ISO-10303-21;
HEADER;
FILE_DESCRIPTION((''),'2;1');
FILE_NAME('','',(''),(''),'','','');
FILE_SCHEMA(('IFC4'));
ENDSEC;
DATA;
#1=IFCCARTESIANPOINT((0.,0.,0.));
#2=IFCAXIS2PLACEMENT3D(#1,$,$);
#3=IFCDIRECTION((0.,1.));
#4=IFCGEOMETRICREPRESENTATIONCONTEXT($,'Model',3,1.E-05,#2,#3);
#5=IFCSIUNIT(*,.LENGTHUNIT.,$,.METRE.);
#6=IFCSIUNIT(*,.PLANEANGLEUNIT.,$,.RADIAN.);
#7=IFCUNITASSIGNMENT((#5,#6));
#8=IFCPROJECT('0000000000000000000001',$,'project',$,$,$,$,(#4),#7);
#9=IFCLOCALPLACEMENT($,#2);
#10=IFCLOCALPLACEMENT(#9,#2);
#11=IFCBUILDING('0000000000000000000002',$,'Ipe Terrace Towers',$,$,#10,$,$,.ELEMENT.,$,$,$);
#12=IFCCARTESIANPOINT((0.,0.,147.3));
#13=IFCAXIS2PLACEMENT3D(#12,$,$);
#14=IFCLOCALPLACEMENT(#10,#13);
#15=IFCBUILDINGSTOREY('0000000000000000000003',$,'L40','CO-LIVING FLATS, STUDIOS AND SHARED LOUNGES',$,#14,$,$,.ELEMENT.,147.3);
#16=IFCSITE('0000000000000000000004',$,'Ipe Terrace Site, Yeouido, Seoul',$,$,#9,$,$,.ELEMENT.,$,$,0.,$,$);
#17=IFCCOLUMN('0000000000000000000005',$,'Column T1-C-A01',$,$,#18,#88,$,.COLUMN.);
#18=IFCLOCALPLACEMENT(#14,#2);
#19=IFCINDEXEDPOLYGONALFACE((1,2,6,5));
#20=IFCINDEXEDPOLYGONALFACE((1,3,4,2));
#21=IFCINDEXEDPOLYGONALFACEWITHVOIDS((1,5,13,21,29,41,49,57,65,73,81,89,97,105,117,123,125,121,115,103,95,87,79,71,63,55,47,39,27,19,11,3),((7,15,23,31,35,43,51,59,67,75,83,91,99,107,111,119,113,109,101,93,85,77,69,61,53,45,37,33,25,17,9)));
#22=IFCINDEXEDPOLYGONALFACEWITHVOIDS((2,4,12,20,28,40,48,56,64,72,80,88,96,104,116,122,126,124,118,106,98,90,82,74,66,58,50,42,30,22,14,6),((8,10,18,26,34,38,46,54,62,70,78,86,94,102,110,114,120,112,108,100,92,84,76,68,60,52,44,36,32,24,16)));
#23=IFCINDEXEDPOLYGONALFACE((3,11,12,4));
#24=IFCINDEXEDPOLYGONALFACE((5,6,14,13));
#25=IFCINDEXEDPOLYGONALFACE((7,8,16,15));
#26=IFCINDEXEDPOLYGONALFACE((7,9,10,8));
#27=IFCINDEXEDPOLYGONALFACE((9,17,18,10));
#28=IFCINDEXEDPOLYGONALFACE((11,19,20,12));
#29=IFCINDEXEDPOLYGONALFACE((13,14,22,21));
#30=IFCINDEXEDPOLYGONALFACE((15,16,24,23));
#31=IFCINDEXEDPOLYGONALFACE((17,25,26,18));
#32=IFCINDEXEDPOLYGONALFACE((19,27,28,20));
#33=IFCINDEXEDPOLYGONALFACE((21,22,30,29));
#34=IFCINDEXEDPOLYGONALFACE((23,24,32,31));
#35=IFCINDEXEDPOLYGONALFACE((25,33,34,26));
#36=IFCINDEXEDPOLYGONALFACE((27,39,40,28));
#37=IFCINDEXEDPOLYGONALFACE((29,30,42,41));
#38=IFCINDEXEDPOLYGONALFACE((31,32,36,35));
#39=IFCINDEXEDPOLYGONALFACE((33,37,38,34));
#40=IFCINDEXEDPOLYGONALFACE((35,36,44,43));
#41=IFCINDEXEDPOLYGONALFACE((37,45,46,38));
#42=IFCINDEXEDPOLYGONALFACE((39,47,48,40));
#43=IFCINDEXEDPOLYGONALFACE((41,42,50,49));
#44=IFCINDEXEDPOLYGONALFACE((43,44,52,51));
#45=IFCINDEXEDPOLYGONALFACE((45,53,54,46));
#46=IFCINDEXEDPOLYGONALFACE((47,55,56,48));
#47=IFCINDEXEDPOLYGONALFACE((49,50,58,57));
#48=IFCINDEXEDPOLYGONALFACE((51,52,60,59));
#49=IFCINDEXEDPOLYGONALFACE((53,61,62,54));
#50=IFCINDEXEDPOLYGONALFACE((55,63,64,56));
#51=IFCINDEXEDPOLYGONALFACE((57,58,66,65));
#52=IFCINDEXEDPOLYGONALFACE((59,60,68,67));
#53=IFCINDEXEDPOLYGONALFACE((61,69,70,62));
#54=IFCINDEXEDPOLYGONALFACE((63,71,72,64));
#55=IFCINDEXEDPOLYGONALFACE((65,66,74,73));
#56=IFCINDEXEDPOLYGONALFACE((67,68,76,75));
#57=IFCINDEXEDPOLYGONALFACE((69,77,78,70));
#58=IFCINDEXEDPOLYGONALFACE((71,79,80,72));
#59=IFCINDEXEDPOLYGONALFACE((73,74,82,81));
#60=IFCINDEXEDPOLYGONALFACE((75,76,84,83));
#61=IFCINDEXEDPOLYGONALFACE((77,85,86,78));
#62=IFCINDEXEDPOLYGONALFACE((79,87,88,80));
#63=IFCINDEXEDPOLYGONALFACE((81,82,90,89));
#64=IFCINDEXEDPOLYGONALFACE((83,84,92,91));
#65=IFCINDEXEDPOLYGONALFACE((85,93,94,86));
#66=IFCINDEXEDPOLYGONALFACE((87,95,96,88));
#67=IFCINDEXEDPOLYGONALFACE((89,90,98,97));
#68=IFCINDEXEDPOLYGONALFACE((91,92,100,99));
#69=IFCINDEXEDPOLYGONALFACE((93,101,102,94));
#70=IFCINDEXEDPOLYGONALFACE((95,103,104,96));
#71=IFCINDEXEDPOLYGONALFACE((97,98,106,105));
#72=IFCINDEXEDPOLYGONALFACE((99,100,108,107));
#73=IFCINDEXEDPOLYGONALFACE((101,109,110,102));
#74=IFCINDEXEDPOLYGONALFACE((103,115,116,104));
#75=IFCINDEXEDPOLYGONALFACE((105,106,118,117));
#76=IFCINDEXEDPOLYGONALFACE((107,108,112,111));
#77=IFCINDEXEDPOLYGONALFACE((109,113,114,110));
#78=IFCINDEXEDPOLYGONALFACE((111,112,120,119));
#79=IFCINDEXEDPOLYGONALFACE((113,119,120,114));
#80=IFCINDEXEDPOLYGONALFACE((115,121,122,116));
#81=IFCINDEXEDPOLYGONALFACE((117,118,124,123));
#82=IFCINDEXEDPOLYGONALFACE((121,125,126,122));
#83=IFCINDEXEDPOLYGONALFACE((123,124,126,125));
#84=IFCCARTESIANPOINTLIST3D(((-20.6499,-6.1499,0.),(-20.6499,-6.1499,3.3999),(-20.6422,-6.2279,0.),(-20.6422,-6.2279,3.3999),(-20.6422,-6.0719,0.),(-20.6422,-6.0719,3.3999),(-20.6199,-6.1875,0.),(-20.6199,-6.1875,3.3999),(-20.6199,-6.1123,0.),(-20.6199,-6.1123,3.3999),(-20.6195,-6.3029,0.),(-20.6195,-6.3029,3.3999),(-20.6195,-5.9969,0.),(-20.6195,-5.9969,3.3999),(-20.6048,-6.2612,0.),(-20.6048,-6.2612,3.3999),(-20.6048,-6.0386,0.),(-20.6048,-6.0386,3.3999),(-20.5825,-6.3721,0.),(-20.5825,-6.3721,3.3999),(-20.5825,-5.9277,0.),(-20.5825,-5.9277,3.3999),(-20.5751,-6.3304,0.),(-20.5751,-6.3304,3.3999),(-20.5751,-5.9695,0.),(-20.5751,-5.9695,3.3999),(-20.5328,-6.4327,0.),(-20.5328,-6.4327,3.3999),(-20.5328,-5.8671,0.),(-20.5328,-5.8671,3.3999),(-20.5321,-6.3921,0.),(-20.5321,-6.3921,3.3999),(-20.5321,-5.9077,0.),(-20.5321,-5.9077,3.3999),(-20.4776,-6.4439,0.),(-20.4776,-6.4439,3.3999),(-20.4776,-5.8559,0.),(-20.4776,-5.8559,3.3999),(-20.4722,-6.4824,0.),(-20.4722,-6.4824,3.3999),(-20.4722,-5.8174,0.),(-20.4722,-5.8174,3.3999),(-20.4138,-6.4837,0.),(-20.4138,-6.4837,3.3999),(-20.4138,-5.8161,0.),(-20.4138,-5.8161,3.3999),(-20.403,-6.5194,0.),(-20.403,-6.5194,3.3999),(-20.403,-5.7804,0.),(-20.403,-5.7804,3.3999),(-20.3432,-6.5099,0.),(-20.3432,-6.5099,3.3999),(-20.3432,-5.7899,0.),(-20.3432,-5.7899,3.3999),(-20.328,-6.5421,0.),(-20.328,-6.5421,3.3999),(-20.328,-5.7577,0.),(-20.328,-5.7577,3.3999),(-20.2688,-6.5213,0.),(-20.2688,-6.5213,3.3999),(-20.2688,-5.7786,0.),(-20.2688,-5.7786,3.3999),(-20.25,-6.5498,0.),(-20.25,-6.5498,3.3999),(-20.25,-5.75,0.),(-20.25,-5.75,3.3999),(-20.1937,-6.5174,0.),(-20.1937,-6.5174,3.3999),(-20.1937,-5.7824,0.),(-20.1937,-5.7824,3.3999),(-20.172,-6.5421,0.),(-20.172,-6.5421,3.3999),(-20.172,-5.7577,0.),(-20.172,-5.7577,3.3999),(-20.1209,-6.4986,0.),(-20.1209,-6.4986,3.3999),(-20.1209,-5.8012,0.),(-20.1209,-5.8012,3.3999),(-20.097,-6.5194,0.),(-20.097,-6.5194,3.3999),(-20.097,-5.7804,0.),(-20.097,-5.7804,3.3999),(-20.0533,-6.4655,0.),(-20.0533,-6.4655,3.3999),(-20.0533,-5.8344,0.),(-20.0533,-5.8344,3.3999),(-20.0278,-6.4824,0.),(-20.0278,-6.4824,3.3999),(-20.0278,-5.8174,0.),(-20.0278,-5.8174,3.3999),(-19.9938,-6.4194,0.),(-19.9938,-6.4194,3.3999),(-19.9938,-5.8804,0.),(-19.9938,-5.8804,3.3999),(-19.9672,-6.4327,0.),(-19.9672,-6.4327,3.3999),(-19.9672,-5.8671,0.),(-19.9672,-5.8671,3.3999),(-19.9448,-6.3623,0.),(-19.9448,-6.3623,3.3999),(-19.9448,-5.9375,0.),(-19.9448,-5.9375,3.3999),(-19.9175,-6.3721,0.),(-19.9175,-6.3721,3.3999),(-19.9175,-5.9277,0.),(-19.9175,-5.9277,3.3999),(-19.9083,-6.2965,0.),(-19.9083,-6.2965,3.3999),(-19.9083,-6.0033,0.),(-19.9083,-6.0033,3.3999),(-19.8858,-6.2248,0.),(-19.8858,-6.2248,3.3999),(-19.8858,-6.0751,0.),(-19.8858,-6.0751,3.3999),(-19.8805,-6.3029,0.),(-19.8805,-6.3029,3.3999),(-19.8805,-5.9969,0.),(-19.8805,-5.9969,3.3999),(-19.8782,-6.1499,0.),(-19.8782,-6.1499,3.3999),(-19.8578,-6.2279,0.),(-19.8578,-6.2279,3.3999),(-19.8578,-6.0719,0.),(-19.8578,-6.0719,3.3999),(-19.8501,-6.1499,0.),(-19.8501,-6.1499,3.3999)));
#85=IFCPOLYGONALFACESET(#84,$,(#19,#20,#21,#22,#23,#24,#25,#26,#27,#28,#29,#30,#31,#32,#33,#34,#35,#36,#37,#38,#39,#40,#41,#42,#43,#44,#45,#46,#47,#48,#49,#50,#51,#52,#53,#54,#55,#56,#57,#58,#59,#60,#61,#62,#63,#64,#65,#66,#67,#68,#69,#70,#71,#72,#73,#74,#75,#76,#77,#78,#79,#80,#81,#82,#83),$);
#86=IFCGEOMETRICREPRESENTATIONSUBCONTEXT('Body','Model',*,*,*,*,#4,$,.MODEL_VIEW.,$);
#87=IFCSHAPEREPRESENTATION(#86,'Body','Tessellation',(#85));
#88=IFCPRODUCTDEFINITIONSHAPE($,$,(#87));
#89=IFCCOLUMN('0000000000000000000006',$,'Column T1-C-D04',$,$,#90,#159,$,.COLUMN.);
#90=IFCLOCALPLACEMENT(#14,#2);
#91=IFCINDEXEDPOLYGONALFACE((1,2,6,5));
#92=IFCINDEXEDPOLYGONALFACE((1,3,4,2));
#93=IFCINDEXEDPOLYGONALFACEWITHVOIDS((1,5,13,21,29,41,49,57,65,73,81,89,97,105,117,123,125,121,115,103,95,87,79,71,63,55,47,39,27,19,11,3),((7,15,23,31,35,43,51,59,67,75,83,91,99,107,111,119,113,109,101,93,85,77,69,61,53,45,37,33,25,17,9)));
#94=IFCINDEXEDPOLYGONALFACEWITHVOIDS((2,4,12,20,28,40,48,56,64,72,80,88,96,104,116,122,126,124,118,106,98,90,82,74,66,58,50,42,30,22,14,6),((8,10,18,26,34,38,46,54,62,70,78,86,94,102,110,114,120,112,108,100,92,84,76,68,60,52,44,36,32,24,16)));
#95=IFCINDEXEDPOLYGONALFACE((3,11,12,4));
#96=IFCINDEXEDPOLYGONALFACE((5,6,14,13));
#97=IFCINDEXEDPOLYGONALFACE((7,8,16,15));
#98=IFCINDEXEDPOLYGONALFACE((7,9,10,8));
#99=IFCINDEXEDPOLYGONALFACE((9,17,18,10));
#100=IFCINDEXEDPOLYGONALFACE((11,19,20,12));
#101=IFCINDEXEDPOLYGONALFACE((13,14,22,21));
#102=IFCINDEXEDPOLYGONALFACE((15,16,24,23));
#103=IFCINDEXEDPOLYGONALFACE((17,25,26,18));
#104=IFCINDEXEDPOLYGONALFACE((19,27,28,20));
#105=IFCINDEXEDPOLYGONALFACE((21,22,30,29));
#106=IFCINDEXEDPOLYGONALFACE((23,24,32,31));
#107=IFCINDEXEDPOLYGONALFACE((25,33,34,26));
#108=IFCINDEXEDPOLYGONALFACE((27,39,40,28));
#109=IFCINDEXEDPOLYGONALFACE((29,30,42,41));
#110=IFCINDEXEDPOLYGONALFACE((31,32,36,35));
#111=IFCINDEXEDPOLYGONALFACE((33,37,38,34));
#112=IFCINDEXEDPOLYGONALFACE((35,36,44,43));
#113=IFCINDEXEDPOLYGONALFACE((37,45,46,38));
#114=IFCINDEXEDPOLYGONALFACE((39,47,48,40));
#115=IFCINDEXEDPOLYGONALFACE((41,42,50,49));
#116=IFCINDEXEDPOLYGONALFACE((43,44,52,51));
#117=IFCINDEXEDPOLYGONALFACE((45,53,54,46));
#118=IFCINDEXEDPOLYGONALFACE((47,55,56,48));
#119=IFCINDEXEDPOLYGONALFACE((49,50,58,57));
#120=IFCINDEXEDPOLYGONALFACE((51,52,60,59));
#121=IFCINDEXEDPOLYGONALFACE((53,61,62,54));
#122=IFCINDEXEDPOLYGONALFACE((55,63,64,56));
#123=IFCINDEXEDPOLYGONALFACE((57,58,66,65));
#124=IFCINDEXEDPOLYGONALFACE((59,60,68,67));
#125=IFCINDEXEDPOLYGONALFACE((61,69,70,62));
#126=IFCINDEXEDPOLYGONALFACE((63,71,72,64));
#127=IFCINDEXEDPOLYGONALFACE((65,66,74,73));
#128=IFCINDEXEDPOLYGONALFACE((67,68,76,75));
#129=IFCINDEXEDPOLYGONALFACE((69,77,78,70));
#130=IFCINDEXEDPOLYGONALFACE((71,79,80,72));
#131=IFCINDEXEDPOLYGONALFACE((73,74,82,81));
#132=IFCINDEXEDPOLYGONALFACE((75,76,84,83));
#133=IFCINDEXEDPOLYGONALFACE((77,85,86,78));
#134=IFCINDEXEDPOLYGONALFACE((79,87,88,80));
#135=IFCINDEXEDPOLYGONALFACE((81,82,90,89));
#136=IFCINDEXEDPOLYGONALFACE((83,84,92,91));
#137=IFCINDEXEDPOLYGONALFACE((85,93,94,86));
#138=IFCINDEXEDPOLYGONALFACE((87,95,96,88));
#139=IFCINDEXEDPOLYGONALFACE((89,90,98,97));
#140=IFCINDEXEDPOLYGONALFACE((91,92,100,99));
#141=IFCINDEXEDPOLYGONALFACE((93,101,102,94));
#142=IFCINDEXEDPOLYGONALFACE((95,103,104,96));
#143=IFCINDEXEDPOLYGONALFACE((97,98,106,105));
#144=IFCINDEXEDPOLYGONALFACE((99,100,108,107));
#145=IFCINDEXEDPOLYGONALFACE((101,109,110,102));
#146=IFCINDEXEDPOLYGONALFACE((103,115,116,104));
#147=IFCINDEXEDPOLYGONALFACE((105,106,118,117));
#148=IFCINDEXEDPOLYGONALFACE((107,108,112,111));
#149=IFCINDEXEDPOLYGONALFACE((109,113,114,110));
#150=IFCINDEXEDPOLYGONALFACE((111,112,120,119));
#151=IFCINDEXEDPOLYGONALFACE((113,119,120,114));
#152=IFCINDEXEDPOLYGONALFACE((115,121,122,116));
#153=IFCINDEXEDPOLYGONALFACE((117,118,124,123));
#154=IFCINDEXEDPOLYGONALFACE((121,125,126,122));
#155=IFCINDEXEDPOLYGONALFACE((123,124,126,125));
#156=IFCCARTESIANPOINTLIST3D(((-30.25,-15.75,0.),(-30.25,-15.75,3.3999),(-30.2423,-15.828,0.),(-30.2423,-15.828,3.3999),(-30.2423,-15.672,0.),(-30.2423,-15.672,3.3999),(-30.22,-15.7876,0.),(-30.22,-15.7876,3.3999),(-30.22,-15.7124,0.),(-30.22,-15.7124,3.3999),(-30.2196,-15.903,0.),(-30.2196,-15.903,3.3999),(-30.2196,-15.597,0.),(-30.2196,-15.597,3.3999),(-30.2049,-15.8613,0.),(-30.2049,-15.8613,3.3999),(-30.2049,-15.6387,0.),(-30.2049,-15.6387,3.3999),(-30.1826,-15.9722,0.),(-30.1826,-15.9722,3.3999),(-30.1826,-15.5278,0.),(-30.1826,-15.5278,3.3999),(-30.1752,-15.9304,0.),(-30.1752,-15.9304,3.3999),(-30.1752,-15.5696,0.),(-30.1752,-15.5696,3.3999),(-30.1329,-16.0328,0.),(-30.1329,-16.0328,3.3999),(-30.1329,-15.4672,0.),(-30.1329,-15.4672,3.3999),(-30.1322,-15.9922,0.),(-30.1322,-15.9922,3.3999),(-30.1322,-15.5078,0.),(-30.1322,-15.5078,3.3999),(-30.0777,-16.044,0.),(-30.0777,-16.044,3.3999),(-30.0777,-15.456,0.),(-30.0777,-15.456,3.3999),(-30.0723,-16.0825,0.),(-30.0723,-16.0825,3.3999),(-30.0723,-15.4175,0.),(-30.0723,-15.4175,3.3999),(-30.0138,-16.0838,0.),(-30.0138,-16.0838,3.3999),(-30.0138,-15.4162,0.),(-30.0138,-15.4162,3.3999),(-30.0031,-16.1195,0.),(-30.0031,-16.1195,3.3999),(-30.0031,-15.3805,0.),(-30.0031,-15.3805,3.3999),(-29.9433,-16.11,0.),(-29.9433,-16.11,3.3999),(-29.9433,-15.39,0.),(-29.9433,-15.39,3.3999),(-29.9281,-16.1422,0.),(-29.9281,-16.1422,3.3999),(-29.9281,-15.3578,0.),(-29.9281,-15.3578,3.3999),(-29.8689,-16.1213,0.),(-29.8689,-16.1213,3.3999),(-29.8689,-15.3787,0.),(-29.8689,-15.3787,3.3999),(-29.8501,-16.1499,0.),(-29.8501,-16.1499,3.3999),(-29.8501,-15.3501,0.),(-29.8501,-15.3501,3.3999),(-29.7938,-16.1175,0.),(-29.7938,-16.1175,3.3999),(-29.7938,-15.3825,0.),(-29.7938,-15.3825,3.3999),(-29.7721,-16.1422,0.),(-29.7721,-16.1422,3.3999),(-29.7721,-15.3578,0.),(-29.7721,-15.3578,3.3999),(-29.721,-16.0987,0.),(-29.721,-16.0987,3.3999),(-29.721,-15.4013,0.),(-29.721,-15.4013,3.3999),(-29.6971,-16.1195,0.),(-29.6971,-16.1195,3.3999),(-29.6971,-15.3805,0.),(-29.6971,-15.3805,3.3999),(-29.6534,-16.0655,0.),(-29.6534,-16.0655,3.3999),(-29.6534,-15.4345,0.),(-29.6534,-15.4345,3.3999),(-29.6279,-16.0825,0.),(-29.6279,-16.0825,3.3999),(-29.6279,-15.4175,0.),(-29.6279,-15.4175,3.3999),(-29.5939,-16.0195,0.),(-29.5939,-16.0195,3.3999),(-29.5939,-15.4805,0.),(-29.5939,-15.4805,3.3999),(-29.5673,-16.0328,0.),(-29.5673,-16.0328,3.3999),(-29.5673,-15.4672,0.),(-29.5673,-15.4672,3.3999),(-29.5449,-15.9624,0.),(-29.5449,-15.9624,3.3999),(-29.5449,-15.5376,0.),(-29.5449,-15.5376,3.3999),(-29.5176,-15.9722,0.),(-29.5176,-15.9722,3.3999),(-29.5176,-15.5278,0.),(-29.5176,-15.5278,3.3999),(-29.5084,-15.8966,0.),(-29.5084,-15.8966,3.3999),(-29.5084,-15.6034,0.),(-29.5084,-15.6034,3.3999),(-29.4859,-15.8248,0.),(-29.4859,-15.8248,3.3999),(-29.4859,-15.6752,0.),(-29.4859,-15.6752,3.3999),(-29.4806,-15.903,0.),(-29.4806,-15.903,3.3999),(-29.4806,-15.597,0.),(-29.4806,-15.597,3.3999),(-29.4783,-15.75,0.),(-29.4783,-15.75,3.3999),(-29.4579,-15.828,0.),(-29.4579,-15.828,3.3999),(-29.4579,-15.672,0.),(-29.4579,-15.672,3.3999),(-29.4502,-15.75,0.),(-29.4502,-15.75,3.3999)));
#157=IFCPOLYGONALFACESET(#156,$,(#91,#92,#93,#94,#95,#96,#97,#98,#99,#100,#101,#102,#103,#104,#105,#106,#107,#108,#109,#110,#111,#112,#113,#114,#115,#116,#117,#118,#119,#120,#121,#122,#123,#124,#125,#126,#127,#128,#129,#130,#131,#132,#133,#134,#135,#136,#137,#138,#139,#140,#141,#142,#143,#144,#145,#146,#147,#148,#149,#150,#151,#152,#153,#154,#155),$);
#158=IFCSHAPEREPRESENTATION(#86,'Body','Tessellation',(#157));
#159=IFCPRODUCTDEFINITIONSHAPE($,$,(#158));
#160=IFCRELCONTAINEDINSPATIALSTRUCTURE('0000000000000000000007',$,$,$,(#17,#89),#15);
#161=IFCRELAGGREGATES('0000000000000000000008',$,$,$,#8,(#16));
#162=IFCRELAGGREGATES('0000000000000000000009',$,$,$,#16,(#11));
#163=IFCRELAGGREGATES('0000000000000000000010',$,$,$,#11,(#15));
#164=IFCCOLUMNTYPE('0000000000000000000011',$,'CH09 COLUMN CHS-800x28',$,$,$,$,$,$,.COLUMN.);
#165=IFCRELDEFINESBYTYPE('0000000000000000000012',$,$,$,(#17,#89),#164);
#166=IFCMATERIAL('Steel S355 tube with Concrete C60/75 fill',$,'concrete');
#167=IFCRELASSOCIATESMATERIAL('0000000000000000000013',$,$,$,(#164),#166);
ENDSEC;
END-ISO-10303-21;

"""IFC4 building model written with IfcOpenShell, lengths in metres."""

from ifc_helpers import new_model, si_unit, direction, frame, origin, origin_2d, place, context, subcontext, project, spatial, hollow_circle, extrude, material, material_profile, profile_set, type_object, element, save


model = new_model("IFC4")

# Units and contexts
model_context = context("Model", 3, precision=1e-05, world=origin(), true_north=direction((0.0, 1.0)))
body_context = subcontext(model_context, "Body", "Model", "MODEL_VIEW")
ifc_project = project(units=[si_unit("LENGTHUNIT", "METRE"), si_unit("PLANEANGLEUNIT", "RADIAN")], contexts=[model_context])

# Site, building, storey
site_placement = place(None, origin())
site = spatial("IfcSite", under=ifc_project, at=site_placement, Name="Ipe Terrace Site, Yeouido, Seoul", CompositionType="ELEMENT", RefElevation=0.0)
building_placement = place(site_placement, origin())
building = spatial("IfcBuilding", under=site, at=building_placement, Name="Ipe Terrace Towers", CompositionType="ELEMENT")
storey_placement = place(building_placement, frame((0.0, 0.0, 147.3)))
storey = spatial("IfcBuildingStorey", under=building, at=storey_placement, Name="L40", Description="CO-LIVING FLATS, STUDIOS AND SHARED LOUNGES", CompositionType="ELEMENT", Elevation=147.3)

# Columns
ifc_material_1 = material(Name="Steel S355 tube with Concrete C60/75 fill", Category="concrete")
ifc_material_profile_1 = material_profile(ifc_material_1, hollow_circle(Radius=0.3999, WallThickness=0.0281, at=origin_2d()), Name="CHS-800x28")
ifc_profile_set_1 = profile_set([ifc_material_profile_1], Name="Steel S355 tube with Concrete C60/75 fill")
column_type_1 = type_object("IfcColumnType", Name="CH09 COLUMN CHS-800x28", PredefinedType="COLUMN", material=ifc_profile_set_1)
for number, where, z_axis, x_axis, name in (
    (1, (-20.25, -6.1499, 0.0), (0.0, 0.0, 1.0), (1.0, 0.0, 0.0), "Column T1-C-A01"),
    (2, (-29.8501, -15.75, 0.0), (0.0, 0.0, 1.0), (1.0, 0.0, 0.0), "Column T1-C-D04"),
):
    element("IfcColumn", number, at=place(storey_placement, frame(where, z_axis=z_axis, x_axis=x_axis)), inside=storey, type_object=column_type_1, Name=name, PredefinedType="COLUMN", context=body_context, shape_type="SweptSolid", body=[
        extrude(hollow_circle(Radius=0.3999, WallThickness=0.0281, at=origin_2d()), origin(), (0.0, 0.0, 1.0), 3.3999),
    ])

save(model, "model.ifc")
